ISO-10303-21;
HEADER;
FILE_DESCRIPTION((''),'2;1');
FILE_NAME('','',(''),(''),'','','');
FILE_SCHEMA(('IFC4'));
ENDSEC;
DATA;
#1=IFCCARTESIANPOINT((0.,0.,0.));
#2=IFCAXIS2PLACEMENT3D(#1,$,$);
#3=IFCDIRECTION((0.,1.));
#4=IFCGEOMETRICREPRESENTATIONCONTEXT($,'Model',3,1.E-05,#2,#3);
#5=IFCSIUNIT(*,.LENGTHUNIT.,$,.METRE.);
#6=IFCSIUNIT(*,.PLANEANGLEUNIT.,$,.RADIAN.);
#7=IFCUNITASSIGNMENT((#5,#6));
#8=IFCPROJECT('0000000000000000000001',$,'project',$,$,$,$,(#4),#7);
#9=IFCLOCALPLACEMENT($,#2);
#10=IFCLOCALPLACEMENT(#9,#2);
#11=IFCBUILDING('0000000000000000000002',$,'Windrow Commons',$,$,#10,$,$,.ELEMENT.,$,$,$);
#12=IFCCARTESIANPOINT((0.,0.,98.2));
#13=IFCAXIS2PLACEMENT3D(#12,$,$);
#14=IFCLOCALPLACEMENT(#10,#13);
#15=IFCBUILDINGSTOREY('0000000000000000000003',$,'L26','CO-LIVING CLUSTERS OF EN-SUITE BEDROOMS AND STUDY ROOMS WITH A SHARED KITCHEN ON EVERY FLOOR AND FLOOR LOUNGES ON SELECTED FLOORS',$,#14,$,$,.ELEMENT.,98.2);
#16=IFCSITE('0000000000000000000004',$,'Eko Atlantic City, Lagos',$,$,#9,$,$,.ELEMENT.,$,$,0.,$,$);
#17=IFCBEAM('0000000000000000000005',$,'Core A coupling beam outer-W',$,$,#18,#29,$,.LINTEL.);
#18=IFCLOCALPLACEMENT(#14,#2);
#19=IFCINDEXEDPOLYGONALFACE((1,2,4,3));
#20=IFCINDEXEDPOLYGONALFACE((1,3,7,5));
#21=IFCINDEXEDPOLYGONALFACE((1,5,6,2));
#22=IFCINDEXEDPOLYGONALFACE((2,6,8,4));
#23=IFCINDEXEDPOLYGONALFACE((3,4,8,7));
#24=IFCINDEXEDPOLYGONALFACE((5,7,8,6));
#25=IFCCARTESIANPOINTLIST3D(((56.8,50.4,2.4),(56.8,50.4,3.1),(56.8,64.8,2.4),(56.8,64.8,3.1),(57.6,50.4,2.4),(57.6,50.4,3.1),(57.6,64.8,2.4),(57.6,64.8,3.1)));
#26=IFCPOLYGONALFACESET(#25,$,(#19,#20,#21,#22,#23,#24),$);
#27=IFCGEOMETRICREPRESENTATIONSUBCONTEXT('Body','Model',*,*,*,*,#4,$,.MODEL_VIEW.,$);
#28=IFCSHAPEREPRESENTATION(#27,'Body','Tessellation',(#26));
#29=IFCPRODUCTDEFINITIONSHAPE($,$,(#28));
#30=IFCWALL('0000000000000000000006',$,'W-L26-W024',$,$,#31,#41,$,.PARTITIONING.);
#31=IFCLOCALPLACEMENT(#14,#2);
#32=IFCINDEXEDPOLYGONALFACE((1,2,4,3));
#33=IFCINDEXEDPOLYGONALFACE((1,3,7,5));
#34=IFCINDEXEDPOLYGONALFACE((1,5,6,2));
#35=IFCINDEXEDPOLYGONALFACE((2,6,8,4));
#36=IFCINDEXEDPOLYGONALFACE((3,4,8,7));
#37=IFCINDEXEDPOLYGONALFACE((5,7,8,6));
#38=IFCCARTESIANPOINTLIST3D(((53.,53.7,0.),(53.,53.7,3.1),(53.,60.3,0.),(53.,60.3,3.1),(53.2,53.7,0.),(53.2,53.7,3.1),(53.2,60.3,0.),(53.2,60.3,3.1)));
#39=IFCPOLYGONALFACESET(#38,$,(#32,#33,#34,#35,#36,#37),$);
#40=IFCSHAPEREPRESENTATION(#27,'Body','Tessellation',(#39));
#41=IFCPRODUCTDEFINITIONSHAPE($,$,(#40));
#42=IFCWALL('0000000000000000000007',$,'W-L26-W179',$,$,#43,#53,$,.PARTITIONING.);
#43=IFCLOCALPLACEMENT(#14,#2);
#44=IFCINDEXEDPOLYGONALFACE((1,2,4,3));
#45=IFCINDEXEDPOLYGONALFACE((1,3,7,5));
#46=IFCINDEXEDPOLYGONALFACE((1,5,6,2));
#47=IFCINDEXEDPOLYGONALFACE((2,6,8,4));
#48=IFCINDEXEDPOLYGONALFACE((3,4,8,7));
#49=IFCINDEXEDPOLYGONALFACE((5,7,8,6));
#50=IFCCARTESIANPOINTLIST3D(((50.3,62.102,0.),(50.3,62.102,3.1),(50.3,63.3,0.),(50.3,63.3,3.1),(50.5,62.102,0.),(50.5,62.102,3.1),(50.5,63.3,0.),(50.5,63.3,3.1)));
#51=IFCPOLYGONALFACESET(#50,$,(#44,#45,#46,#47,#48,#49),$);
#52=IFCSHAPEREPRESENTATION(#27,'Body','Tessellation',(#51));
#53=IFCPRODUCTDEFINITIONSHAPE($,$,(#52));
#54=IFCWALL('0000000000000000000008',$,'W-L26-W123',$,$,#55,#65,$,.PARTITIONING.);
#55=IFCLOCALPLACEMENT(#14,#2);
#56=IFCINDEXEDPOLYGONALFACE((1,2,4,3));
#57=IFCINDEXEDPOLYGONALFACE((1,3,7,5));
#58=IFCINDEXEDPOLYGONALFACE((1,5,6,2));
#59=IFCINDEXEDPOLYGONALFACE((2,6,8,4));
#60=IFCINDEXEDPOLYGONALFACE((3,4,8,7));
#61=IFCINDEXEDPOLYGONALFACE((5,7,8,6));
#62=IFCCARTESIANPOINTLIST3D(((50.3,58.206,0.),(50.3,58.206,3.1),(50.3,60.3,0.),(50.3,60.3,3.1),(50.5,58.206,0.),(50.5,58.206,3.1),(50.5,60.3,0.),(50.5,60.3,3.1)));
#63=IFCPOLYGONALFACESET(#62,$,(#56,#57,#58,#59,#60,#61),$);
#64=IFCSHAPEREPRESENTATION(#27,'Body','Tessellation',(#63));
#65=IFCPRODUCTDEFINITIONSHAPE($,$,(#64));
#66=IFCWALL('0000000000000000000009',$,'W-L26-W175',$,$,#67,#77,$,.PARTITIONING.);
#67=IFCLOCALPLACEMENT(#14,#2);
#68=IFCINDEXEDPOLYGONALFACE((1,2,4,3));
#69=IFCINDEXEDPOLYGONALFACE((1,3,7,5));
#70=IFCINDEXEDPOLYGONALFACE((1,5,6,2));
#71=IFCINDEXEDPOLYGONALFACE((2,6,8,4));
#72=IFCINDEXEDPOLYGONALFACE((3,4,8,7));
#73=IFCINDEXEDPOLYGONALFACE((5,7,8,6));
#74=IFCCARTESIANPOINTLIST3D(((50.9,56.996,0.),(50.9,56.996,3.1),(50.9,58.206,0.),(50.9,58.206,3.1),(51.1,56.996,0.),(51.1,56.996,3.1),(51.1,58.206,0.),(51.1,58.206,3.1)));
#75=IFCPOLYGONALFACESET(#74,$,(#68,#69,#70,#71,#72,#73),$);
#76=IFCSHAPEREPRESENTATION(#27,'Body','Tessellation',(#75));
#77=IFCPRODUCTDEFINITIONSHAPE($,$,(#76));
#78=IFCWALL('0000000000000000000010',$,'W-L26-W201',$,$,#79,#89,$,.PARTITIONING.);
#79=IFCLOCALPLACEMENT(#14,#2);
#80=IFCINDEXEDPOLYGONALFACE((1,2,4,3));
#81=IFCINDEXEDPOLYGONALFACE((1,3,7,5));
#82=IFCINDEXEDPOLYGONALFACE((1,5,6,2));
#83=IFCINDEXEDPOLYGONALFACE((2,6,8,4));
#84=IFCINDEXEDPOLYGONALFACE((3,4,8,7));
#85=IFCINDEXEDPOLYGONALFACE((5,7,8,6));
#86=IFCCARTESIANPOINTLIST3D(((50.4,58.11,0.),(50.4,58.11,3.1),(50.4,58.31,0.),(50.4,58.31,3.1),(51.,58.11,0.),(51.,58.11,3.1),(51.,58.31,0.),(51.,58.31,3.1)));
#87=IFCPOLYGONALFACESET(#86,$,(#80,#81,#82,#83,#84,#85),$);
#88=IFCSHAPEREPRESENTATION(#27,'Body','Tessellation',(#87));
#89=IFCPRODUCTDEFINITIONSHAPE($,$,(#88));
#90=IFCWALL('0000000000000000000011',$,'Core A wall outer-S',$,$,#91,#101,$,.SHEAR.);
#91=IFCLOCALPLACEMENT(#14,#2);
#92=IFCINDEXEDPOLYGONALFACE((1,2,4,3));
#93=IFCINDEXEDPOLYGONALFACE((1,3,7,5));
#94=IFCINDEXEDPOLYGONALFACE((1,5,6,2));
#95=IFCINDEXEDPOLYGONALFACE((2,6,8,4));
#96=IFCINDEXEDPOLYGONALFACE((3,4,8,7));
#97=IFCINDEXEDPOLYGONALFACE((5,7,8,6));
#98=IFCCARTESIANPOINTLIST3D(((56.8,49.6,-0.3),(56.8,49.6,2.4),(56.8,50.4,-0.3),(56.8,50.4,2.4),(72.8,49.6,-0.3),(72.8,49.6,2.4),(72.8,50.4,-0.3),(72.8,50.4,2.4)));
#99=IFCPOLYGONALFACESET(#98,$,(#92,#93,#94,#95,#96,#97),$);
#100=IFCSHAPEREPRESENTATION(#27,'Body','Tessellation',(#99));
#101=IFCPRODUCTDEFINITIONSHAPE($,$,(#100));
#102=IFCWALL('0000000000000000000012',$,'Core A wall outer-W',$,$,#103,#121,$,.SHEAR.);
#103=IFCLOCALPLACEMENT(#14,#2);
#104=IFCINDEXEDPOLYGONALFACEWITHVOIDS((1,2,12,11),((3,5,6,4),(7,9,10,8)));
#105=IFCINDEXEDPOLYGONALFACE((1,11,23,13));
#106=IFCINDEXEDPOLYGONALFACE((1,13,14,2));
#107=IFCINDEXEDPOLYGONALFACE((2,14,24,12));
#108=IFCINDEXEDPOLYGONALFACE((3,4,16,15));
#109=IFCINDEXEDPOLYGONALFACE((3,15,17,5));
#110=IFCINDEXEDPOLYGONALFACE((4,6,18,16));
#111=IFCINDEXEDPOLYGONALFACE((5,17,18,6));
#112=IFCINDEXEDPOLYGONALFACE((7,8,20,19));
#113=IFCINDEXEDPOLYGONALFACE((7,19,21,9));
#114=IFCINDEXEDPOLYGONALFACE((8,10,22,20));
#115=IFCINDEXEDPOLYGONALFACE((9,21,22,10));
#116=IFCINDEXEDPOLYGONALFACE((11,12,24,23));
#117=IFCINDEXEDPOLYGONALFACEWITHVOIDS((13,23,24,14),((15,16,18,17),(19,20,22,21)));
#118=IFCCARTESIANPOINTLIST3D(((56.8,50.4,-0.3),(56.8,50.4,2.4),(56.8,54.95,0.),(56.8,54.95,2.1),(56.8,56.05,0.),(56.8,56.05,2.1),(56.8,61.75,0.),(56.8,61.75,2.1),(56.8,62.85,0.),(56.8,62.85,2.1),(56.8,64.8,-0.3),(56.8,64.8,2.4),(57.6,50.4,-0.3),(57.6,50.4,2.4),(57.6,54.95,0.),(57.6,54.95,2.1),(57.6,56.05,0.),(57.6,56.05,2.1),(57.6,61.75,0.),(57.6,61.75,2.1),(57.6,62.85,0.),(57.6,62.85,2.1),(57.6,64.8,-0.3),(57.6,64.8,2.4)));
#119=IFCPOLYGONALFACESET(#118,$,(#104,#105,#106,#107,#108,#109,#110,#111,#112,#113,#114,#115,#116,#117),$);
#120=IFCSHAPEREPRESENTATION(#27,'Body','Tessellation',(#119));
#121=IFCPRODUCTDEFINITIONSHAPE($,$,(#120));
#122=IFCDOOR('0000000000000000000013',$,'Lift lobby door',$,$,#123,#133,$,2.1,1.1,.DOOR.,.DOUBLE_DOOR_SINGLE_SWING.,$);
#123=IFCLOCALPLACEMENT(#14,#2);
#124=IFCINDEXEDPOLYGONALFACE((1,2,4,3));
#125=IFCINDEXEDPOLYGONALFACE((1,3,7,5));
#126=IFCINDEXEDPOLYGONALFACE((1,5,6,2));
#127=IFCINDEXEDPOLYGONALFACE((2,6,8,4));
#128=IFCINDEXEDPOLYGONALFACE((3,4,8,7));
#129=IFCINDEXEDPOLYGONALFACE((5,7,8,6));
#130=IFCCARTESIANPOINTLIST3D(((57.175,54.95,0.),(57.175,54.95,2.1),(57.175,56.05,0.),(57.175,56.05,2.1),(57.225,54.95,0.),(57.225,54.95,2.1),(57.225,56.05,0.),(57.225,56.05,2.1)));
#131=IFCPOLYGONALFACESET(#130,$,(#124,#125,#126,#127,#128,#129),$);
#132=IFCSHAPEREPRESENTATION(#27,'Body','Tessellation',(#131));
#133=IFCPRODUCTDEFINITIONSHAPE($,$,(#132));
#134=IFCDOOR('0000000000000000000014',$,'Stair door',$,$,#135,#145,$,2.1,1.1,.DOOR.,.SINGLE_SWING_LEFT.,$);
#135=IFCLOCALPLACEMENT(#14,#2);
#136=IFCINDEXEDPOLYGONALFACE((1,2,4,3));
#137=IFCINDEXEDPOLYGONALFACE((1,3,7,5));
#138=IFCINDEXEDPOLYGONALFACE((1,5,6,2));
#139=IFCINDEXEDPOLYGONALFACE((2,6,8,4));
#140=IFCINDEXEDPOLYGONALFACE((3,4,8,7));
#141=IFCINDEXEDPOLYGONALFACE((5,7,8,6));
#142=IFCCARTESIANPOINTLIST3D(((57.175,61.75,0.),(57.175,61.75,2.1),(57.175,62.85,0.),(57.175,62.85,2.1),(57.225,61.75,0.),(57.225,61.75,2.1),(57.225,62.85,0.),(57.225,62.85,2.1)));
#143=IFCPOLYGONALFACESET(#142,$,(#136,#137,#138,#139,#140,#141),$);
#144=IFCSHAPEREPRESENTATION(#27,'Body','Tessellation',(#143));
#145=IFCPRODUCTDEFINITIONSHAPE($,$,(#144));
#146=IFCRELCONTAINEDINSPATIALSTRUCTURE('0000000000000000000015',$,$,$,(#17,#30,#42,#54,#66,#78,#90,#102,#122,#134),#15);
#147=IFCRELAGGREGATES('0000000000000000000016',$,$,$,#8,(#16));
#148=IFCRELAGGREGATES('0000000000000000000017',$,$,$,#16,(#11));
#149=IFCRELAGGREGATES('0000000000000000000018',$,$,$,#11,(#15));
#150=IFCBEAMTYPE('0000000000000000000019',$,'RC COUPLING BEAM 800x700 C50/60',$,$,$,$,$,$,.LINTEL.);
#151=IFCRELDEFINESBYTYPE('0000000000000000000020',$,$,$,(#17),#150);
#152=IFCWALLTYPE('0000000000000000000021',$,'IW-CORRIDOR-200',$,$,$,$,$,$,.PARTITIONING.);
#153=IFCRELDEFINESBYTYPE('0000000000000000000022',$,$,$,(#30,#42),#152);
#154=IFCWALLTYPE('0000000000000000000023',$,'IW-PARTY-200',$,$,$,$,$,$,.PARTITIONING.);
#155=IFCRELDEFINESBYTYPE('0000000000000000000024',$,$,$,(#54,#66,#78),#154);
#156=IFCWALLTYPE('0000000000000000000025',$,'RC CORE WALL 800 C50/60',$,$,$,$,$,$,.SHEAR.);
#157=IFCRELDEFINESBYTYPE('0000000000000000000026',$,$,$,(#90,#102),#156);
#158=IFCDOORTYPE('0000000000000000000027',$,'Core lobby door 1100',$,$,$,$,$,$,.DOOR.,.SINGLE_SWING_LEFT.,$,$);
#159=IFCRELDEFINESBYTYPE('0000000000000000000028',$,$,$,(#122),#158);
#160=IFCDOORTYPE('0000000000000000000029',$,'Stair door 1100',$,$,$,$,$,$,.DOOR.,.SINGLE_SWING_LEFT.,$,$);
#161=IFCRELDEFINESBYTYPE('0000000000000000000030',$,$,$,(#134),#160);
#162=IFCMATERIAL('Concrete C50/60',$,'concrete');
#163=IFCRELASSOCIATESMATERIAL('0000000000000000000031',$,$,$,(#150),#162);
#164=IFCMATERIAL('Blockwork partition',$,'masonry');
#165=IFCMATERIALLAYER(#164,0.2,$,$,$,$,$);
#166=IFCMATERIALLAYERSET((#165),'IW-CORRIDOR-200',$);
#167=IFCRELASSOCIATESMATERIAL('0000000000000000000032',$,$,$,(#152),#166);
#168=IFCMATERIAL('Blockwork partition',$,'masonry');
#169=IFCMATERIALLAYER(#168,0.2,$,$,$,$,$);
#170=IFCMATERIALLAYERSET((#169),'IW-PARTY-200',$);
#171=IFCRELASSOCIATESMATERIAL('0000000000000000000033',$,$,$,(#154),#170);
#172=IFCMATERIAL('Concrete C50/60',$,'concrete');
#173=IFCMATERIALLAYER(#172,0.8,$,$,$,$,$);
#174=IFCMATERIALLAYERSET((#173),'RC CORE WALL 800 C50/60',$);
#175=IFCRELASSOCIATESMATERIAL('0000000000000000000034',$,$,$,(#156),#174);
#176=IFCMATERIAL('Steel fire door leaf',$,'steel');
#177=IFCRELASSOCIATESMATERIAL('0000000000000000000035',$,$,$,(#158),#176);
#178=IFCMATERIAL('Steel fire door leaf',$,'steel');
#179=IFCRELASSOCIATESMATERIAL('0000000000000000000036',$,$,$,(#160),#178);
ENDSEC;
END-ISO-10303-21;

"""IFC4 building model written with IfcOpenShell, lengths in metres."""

from ifc_helpers import new_model, si_unit, direction, frame, frame_2d, origin, origin_2d, place, context, subcontext, project, spatial, rectangle, extrude, material, layer, layer_set, material_profile, profile_set, type_object, element, fill, save


model = new_model("IFC4")

# Units and contexts
model_context = context("Model", 3, precision=1e-05, world=origin(), true_north=direction((0.0, 1.0)))
body_context = subcontext(model_context, "Body", "Model", "MODEL_VIEW")
ifc_project = project(units=[si_unit("LENGTHUNIT", "METRE"), si_unit("PLANEANGLEUNIT", "RADIAN")], contexts=[model_context])

# Site, building, storey
site_placement = place(None, origin())
site = spatial("IfcSite", under=ifc_project, at=site_placement, Name="Eko Atlantic City, Lagos", CompositionType="ELEMENT", RefElevation=0.0)
building_placement = place(site_placement, origin())
building = spatial("IfcBuilding", under=site, at=building_placement, Name="Windrow Commons", CompositionType="ELEMENT")
storey_placement = place(building_placement, frame((0.0, 0.0, 98.2)))
storey = spatial("IfcBuildingStorey", under=building, at=storey_placement, Name="L26", Description="CO-LIVING CLUSTERS OF EN-SUITE BEDROOMS AND STUDY ROOMS WITH A SHARED KITCHEN ON EVERY FLOOR AND FLOOR LOUNGES ON SELECTED FLOORS", CompositionType="ELEMENT", Elevation=98.2)

# Beam
ifc_material_1 = material(Name="Concrete C50/60", Category="concrete")
ifc_material_profile = material_profile(ifc_material_1, rectangle(XDim=0.8, YDim=0.7, at=origin_2d()))
ifc_profile_set = profile_set([ifc_material_profile], Name="Concrete C50/60")
beam_type = type_object("IfcBeamType", Name="RC COUPLING BEAM 800x700 C50/60", PredefinedType="LINTEL", material=ifc_profile_set)
beam_placement = place(storey_placement, frame((57.2, 50.4, 2.75), z_axis=(0.0, 1.0, 0.0), x_axis=(-1.0, 0.0, 0.0)))
element("IfcBeam", 1, at=beam_placement, inside=storey, type_object=beam_type, Name="Core A coupling beam outer-W", PredefinedType="LINTEL", context=body_context, shape_type="SweptSolid", body=[
    extrude(rectangle(XDim=0.8, YDim=0.7, at=origin_2d()), origin(), (0.0, 0.0, 1.0), 14.4),
])

# Walls
ifc_material_2 = material(Name="Blockwork partition", Category="masonry")
ifc_layer_1 = layer(ifc_material_2, 0.2)
ifc_layer_set_1 = layer_set([ifc_layer_1], Name="IW-CORRIDOR-200")
wall_type_1 = type_object("IfcWallType", Name="IW-CORRIDOR-200", PredefinedType="PARTITIONING", material=ifc_layer_set_1)
wall_1_placement = place(storey_placement, frame((53.1, 53.7, 0.0), z_axis=(0.0, 0.0, 1.0), x_axis=(0.0, 1.0, 0.0)))
element("IfcWall", 2, at=wall_1_placement, inside=storey, type_object=wall_type_1, Name="W-L26-W024", PredefinedType="PARTITIONING", context=body_context, shape_type="SweptSolid", body=[
    extrude(rectangle(XDim=6.6, YDim=0.2, at=frame_2d((3.3, 0.0))), origin(), (0.0, 0.0, 1.0), 3.1),
])
wall_2_placement = place(storey_placement, frame((50.4, 62.102, 0.0), z_axis=(0.0, 0.0, 1.0), x_axis=(0.0, 1.0, 0.0)))
element("IfcWall", 3, at=wall_2_placement, inside=storey, type_object=wall_type_1, Name="W-L26-W179", PredefinedType="PARTITIONING", context=body_context, shape_type="SweptSolid", body=[
    extrude(rectangle(XDim=1.198, YDim=0.2, at=frame_2d((0.599, 0.0))), origin(), (0.0, 0.0, 1.0), 3.1),
])
ifc_material_3 = material(Name="Blockwork partition", Category="masonry")
ifc_layer_2 = layer(ifc_material_3, 0.2)
ifc_layer_set_2 = layer_set([ifc_layer_2], Name="IW-PARTY-200")
wall_type_2 = type_object("IfcWallType", Name="IW-PARTY-200", PredefinedType="PARTITIONING", material=ifc_layer_set_2)
wall_3_placement = place(storey_placement, frame((50.4, 58.206, 0.0), z_axis=(0.0, 0.0, 1.0), x_axis=(0.0, 1.0, 0.0)))
element("IfcWall", 4, at=wall_3_placement, inside=storey, type_object=wall_type_2, Name="W-L26-W123", PredefinedType="PARTITIONING", context=body_context, shape_type="SweptSolid", body=[
    extrude(rectangle(XDim=2.094, YDim=0.2, at=frame_2d((1.047, 0.0))), origin(), (0.0, 0.0, 1.0), 3.1),
])
wall_4_placement = place(storey_placement, frame((51.0, 56.996, 0.0), z_axis=(0.0, 0.0, 1.0), x_axis=(0.0, 1.0, 0.0)))
element("IfcWall", 5, at=wall_4_placement, inside=storey, type_object=wall_type_2, Name="W-L26-W175", PredefinedType="PARTITIONING", context=body_context, shape_type="SweptSolid", body=[
    extrude(rectangle(XDim=1.21, YDim=0.2, at=frame_2d((0.605, 0.0))), origin(), (0.0, 0.0, 1.0), 3.1),
])
wall_5_placement = place(storey_placement, frame((50.4, 58.21, 0.0), z_axis=(0.0, 0.0, 1.0), x_axis=(1.0, 0.0, 0.0)))
element("IfcWall", 6, at=wall_5_placement, inside=storey, type_object=wall_type_2, Name="W-L26-W201", PredefinedType="PARTITIONING", context=body_context, shape_type="SweptSolid", body=[
    extrude(rectangle(XDim=0.6, YDim=0.2, at=frame_2d((0.3, 0.0))), origin(), (0.0, 0.0, 1.0), 3.1),
])
ifc_material_4 = material(Name="Concrete C50/60", Category="concrete")
ifc_layer_3 = layer(ifc_material_4, 0.8)
ifc_layer_set_3 = layer_set([ifc_layer_3], Name="RC CORE WALL 800 C50/60")
wall_type_3 = type_object("IfcWallType", Name="RC CORE WALL 800 C50/60", PredefinedType="SHEAR", material=ifc_layer_set_3)
wall_6_placement = place(storey_placement, frame((56.8, 50.0, -0.3), z_axis=(0.0, 0.0, 1.0), x_axis=(1.0, 0.0, 0.0)))
element("IfcWall", 7, at=wall_6_placement, inside=storey, type_object=wall_type_3, Name="Core A wall outer-S", PredefinedType="SHEAR", context=body_context, shape_type="SweptSolid", body=[
    extrude(rectangle(XDim=16.0, YDim=0.8, at=frame_2d((8.0, 0.0))), origin(), (0.0, 0.0, 1.0), 2.7),
])

# Wall, openings, doors
wall_7_placement = place(storey_placement, frame((57.2, 50.4, -0.3), z_axis=(0.0, 0.0, 1.0), x_axis=(0.0, 1.0, 0.0)))
wall_7 = element("IfcWall", 8, at=wall_7_placement, inside=storey, type_object=wall_type_3, Name="Core A wall outer-W", PredefinedType="SHEAR", context=body_context, shape_type="SweptSolid", body=[
    extrude(rectangle(XDim=14.4, YDim=0.8, at=frame_2d((7.2, 0.0))), origin(), (0.0, 0.0, 1.0), 2.7),
])
opening_1_placement = place(wall_7_placement, frame((4.55, 0.0, 0.3)))
opening_1 = element("IfcOpeningElement", 9, at=opening_1_placement, cuts=wall_7, PredefinedType="OPENING", context=body_context, shape_type="SweptSolid", body=[
    extrude(rectangle(XDim=1.1, YDim=2.1, at=frame_2d((0.55, 1.05))), frame((0.0, 0.41, 0.0), z_axis=(0.0, -1.0, 0.0), x_axis=(1.0, 0.0, 0.0)), (0.0, 0.0, 1.0), 0.82),
])
opening_2_placement = place(wall_7_placement, frame((11.35, 0.0, 0.3)))
opening_2 = element("IfcOpeningElement", 10, at=opening_2_placement, cuts=wall_7, PredefinedType="OPENING", context=body_context, shape_type="SweptSolid", body=[
    extrude(rectangle(XDim=1.1, YDim=2.1, at=frame_2d((0.55, 1.05))), frame((0.0, 0.41, 0.0), z_axis=(0.0, -1.0, 0.0), x_axis=(1.0, 0.0, 0.0)), (0.0, 0.0, 1.0), 0.82),
])
ifc_material_5 = material(Name="Steel fire door leaf", Category="steel")
door_type_1 = type_object("IfcDoorType", Name="Core lobby door 1100", OperationType="SINGLE_SWING_LEFT", PredefinedType="DOOR", material=ifc_material_5)
door_1_placement = place(opening_1_placement, origin())
door_1 = element("IfcDoor", 11, at=door_1_placement, inside=storey, type_object=door_type_1, Name="Lift lobby door", OperationType="DOUBLE_DOOR_SINGLE_SWING", OverallHeight=2.1, OverallWidth=1.1, PredefinedType="DOOR", context=body_context, shape_type="SweptSolid", body=[
    extrude(rectangle(XDim=1.1, YDim=2.1, at=frame_2d((0.55, 1.05))), frame((0.0, 0.025, 0.0), z_axis=(0.0, -1.0, 0.0), x_axis=(1.0, 0.0, 0.0)), (0.0, 0.0, 1.0), 0.05),
])
fill(opening_1, door_1)
ifc_material_6 = material(Name="Steel fire door leaf", Category="steel")
door_type_2 = type_object("IfcDoorType", Name="Stair door 1100", OperationType="SINGLE_SWING_LEFT", PredefinedType="DOOR", material=ifc_material_6)
door_2_placement = place(opening_2_placement, origin())
door_2 = element("IfcDoor", 12, at=door_2_placement, inside=storey, type_object=door_type_2, Name="Stair door", OperationType="SINGLE_SWING_LEFT", OverallHeight=2.1, OverallWidth=1.1, PredefinedType="DOOR", context=body_context, shape_type="SweptSolid", body=[
    extrude(rectangle(XDim=1.1, YDim=2.1, at=frame_2d((0.55, 1.05))), frame((0.0, 0.025, 0.0), z_axis=(0.0, -1.0, 0.0), x_axis=(1.0, 0.0, 0.0)), (0.0, 0.0, 1.0), 0.05),
])
fill(opening_2, door_2)

save(model, "model.ifc")
